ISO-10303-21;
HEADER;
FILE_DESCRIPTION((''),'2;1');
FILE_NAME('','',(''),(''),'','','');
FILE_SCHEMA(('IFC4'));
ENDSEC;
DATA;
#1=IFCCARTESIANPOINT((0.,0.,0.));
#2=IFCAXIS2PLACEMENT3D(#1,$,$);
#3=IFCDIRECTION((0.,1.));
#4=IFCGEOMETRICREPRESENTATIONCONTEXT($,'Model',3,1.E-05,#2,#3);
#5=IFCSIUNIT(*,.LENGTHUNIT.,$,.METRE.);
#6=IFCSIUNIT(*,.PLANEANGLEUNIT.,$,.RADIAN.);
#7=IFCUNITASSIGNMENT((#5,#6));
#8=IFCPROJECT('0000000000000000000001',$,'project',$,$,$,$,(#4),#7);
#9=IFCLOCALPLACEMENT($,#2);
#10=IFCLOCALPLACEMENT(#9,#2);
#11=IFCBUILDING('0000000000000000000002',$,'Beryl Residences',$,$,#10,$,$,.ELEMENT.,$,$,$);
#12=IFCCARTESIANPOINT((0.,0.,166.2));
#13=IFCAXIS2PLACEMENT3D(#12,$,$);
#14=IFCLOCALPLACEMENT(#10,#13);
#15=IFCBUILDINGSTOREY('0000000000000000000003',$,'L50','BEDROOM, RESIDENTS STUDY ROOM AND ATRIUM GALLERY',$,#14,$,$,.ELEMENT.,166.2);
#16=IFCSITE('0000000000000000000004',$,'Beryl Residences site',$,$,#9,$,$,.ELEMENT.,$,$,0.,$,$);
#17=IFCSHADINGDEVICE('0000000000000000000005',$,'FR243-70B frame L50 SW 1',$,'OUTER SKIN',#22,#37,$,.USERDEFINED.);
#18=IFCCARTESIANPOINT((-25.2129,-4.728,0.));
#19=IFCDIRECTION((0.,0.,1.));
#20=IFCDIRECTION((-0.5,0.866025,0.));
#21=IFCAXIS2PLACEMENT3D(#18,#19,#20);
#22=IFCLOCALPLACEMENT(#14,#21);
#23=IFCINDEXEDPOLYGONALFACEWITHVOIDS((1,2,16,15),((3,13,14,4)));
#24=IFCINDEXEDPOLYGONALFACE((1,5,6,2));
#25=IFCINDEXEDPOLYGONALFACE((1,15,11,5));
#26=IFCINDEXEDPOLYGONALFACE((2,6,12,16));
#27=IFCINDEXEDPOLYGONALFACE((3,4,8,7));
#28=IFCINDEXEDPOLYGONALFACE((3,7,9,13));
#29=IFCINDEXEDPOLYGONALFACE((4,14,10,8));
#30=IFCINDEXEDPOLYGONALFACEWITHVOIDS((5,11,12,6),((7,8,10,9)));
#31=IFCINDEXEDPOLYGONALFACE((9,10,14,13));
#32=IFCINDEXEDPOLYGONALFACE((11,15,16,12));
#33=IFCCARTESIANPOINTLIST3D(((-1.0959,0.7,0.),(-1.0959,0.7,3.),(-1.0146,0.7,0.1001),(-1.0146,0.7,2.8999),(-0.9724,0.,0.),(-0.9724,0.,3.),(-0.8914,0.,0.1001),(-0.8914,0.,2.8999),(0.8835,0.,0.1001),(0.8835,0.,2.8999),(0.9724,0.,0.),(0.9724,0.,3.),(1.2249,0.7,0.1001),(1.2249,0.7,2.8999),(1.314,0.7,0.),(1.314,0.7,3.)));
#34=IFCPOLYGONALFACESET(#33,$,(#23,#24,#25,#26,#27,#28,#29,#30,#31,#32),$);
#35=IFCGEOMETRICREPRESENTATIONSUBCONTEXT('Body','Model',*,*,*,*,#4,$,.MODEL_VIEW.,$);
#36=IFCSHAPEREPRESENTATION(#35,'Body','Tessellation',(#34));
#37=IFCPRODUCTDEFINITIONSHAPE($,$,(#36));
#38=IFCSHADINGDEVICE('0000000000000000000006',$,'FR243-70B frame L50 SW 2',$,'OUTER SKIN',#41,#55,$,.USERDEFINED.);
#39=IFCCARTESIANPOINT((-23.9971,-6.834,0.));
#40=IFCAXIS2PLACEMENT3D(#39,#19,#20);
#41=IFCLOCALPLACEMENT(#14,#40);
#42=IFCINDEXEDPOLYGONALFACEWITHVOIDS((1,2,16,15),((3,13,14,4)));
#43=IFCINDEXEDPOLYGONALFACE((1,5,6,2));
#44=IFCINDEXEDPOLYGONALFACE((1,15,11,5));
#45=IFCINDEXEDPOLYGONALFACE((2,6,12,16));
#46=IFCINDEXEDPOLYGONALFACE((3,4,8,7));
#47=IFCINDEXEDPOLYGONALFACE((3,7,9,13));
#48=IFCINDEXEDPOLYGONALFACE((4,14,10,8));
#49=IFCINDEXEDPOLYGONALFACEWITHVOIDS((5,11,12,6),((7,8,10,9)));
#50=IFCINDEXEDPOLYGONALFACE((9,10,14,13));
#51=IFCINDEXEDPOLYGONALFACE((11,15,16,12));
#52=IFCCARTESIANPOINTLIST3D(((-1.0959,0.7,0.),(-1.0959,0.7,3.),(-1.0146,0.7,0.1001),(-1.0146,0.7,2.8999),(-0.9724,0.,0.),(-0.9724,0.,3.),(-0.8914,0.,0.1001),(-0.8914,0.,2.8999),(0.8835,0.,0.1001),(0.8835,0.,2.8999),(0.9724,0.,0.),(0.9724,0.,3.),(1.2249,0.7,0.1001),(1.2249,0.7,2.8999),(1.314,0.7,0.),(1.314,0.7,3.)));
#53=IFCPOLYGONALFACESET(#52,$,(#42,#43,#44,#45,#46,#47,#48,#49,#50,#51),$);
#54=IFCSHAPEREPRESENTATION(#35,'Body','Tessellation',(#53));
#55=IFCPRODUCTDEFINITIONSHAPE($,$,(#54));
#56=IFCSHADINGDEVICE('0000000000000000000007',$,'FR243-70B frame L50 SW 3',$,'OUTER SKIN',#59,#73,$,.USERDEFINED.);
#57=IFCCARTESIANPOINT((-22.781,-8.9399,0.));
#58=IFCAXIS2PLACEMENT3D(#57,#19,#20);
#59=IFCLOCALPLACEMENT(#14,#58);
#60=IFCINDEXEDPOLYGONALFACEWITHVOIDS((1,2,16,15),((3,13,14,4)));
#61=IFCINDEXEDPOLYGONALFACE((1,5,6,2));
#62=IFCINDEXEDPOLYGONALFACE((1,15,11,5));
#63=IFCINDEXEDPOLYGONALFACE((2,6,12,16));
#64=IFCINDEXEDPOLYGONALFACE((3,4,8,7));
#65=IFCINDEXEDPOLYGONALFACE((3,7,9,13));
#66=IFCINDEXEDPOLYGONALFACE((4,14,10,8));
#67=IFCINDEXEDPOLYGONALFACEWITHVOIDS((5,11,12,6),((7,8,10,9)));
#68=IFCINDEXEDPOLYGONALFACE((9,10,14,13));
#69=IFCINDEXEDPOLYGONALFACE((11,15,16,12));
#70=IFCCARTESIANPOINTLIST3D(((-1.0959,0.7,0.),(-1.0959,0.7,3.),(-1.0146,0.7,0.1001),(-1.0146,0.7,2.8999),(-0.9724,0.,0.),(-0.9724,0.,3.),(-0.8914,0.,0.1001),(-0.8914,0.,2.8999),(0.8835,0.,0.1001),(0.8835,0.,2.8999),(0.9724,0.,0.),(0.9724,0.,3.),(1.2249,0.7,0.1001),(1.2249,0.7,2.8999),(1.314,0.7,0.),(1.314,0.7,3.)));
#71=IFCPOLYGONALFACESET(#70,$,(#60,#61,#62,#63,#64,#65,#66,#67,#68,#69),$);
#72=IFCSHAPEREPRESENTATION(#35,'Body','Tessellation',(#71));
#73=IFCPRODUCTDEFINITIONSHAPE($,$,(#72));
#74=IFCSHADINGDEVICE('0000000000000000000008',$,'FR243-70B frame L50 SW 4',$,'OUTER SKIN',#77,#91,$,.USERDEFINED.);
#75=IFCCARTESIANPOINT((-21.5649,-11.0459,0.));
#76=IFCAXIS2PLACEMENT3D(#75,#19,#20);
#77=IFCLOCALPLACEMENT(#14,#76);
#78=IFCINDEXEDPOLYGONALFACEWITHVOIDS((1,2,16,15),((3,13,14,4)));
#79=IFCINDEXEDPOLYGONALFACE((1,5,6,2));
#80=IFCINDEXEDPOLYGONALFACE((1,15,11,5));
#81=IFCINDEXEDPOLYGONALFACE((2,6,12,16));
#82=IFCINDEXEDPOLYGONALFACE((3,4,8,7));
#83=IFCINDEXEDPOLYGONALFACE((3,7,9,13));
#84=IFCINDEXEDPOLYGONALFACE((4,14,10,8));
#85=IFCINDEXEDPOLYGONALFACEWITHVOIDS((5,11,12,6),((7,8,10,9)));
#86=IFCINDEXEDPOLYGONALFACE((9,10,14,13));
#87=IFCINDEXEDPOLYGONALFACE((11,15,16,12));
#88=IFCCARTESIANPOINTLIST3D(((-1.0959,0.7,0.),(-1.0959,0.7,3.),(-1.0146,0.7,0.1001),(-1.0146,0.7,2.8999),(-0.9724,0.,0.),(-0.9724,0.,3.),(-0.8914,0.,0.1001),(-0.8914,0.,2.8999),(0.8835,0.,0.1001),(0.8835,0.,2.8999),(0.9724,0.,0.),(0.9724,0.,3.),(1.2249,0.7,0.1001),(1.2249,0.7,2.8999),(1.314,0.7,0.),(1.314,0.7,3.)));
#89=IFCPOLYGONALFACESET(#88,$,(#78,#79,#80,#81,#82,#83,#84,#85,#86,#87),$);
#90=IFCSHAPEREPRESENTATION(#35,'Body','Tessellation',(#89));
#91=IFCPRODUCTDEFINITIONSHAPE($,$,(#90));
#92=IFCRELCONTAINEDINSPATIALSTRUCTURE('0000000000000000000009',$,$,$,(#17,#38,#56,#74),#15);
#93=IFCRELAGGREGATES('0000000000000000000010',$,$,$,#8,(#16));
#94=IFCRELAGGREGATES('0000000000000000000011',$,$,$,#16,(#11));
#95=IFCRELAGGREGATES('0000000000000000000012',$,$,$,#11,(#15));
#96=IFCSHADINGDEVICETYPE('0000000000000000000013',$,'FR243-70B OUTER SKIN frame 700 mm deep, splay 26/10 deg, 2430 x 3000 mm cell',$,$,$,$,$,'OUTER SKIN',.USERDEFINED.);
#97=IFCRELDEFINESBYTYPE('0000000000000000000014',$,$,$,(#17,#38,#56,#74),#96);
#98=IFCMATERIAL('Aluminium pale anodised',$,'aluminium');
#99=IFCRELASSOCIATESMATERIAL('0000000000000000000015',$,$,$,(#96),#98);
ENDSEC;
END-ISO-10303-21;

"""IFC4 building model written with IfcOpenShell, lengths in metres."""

from ifc_helpers import new_model, entity, si_unit, direction, frame, origin, place, context, subcontext, project, spatial, source, transform, mapped, material, type_object, type_shapes, element, save


model = new_model("IFC4")

# Units and contexts
model_context = context("Model", 3, precision=1e-05, world=origin(), true_north=direction((0.0, 1.0)))
body_context = subcontext(model_context, "Body", "Model", "MODEL_VIEW")
ifc_project = project(units=[si_unit("LENGTHUNIT", "METRE"), si_unit("PLANEANGLEUNIT", "RADIAN")], contexts=[model_context])

# Site, building, storey
site_placement = place(None, origin())
site = spatial("IfcSite", under=ifc_project, at=site_placement, Name="Beryl Residences site", CompositionType="ELEMENT", RefElevation=0.0)
building_placement = place(site_placement, origin())
building = spatial("IfcBuilding", under=site, at=building_placement, Name="Beryl Residences", CompositionType="ELEMENT")
storey_placement = place(building_placement, frame((0.0, 0.0, 166.2)))
storey = spatial("IfcBuildingStorey", under=building, at=storey_placement, Name="L50", Description="BEDROOM, RESIDENTS STUDY ROOM AND ATRIUM GALLERY", CompositionType="ELEMENT", Elevation=166.2)

# Shading devices
ifc_material_1 = material(Name="Aluminium pale anodised", Category="aluminium")
shading_device_type = type_object("IfcShadingDeviceType", Name="FR243-70B OUTER SKIN frame 700 mm deep, splay 26/10 deg, 2430 x 3000 mm cell", ElementType="OUTER SKIN", PredefinedType="USERDEFINED", material=ifc_material_1)
cartesian_point_1 = entity("IfcCartesianPoint", [-0.9724, 0.0])
cartesian_point_2 = entity("IfcCartesianPoint", [-0.8835, 0.1001])
cartesian_point_3 = entity("IfcCartesianPoint", [-1.314, 0.0])
cartesian_point_4 = entity("IfcCartesianPoint", [-1.2249, 0.1001])
shared_shape_1 = source(origin(), body_context, "Body", "SweptSolid", [
    entity("IfcExtrudedAreaSolidTapered", entity("IfcArbitraryProfileDefWithVoids", "AREA", None, entity("IfcPolyline", [cartesian_point_1, entity("IfcCartesianPoint", [0.9724, 0.0]), entity("IfcCartesianPoint", [0.9724, 3.0]), entity("IfcCartesianPoint", [-0.9724, 3.0]), cartesian_point_1]), [entity("IfcPolyline", [cartesian_point_2, entity("IfcCartesianPoint", [0.8914, 0.1001]), entity("IfcCartesianPoint", [0.8914, 2.8999]), entity("IfcCartesianPoint", [-0.8835, 2.8999]), cartesian_point_2])]), entity("IfcAxis2Placement3D", entity("IfcCartesianPoint", [0.0, 0.0, 0.0]), entity("IfcDirection", [0.0, 1.0, 0.0]), entity("IfcDirection", [-1.0, 0.0, 0.0])), entity("IfcDirection", [0.0, 0.0, 1.0]), 0.7, entity("IfcArbitraryProfileDefWithVoids", "AREA", None, entity("IfcPolyline", [cartesian_point_3, entity("IfcCartesianPoint", [1.0959, 0.0]), entity("IfcCartesianPoint", [1.0959, 3.0]), entity("IfcCartesianPoint", [-1.314, 3.0]), cartesian_point_3]), [entity("IfcPolyline", [cartesian_point_4, entity("IfcCartesianPoint", [1.0146, 0.1001]), entity("IfcCartesianPoint", [1.0146, 2.8999]), entity("IfcCartesianPoint", [-1.2249, 2.8999]), cartesian_point_4])])),
])
type_shapes(shading_device_type, [shared_shape_1])
for number, where, z_axis, x_axis, name in (
    (1, (-25.2129, -4.728, 0.0), (0.0, 0.0, 1.0), (-0.5, 0.866025, 0.0), "FR243-70B frame L50 SW 1"),
    (2, (-23.9971, -6.834, 0.0), (0.0, 0.0, 1.0), (-0.5, 0.866025, 0.0), "FR243-70B frame L50 SW 2"),
    (3, (-22.781, -8.9399, 0.0), (0.0, 0.0, 1.0), (-0.5, 0.866025, 0.0), "FR243-70B frame L50 SW 3"),
    (4, (-21.5649, -11.0459, 0.0), (0.0, 0.0, 1.0), (-0.5, 0.866025, 0.0), "FR243-70B frame L50 SW 4"),
):
    element("IfcShadingDevice", number, at=place(storey_placement, frame(where, z_axis=z_axis, x_axis=x_axis)), inside=storey, type_object=shading_device_type, Name=name, ObjectType="OUTER SKIN", PredefinedType="USERDEFINED", context=body_context, shape_type="MappedRepresentation", body=[
        mapped(shared_shape_1, transform((0.0, 0.0, 0.0))),
    ])

save(model, "model.ifc")
